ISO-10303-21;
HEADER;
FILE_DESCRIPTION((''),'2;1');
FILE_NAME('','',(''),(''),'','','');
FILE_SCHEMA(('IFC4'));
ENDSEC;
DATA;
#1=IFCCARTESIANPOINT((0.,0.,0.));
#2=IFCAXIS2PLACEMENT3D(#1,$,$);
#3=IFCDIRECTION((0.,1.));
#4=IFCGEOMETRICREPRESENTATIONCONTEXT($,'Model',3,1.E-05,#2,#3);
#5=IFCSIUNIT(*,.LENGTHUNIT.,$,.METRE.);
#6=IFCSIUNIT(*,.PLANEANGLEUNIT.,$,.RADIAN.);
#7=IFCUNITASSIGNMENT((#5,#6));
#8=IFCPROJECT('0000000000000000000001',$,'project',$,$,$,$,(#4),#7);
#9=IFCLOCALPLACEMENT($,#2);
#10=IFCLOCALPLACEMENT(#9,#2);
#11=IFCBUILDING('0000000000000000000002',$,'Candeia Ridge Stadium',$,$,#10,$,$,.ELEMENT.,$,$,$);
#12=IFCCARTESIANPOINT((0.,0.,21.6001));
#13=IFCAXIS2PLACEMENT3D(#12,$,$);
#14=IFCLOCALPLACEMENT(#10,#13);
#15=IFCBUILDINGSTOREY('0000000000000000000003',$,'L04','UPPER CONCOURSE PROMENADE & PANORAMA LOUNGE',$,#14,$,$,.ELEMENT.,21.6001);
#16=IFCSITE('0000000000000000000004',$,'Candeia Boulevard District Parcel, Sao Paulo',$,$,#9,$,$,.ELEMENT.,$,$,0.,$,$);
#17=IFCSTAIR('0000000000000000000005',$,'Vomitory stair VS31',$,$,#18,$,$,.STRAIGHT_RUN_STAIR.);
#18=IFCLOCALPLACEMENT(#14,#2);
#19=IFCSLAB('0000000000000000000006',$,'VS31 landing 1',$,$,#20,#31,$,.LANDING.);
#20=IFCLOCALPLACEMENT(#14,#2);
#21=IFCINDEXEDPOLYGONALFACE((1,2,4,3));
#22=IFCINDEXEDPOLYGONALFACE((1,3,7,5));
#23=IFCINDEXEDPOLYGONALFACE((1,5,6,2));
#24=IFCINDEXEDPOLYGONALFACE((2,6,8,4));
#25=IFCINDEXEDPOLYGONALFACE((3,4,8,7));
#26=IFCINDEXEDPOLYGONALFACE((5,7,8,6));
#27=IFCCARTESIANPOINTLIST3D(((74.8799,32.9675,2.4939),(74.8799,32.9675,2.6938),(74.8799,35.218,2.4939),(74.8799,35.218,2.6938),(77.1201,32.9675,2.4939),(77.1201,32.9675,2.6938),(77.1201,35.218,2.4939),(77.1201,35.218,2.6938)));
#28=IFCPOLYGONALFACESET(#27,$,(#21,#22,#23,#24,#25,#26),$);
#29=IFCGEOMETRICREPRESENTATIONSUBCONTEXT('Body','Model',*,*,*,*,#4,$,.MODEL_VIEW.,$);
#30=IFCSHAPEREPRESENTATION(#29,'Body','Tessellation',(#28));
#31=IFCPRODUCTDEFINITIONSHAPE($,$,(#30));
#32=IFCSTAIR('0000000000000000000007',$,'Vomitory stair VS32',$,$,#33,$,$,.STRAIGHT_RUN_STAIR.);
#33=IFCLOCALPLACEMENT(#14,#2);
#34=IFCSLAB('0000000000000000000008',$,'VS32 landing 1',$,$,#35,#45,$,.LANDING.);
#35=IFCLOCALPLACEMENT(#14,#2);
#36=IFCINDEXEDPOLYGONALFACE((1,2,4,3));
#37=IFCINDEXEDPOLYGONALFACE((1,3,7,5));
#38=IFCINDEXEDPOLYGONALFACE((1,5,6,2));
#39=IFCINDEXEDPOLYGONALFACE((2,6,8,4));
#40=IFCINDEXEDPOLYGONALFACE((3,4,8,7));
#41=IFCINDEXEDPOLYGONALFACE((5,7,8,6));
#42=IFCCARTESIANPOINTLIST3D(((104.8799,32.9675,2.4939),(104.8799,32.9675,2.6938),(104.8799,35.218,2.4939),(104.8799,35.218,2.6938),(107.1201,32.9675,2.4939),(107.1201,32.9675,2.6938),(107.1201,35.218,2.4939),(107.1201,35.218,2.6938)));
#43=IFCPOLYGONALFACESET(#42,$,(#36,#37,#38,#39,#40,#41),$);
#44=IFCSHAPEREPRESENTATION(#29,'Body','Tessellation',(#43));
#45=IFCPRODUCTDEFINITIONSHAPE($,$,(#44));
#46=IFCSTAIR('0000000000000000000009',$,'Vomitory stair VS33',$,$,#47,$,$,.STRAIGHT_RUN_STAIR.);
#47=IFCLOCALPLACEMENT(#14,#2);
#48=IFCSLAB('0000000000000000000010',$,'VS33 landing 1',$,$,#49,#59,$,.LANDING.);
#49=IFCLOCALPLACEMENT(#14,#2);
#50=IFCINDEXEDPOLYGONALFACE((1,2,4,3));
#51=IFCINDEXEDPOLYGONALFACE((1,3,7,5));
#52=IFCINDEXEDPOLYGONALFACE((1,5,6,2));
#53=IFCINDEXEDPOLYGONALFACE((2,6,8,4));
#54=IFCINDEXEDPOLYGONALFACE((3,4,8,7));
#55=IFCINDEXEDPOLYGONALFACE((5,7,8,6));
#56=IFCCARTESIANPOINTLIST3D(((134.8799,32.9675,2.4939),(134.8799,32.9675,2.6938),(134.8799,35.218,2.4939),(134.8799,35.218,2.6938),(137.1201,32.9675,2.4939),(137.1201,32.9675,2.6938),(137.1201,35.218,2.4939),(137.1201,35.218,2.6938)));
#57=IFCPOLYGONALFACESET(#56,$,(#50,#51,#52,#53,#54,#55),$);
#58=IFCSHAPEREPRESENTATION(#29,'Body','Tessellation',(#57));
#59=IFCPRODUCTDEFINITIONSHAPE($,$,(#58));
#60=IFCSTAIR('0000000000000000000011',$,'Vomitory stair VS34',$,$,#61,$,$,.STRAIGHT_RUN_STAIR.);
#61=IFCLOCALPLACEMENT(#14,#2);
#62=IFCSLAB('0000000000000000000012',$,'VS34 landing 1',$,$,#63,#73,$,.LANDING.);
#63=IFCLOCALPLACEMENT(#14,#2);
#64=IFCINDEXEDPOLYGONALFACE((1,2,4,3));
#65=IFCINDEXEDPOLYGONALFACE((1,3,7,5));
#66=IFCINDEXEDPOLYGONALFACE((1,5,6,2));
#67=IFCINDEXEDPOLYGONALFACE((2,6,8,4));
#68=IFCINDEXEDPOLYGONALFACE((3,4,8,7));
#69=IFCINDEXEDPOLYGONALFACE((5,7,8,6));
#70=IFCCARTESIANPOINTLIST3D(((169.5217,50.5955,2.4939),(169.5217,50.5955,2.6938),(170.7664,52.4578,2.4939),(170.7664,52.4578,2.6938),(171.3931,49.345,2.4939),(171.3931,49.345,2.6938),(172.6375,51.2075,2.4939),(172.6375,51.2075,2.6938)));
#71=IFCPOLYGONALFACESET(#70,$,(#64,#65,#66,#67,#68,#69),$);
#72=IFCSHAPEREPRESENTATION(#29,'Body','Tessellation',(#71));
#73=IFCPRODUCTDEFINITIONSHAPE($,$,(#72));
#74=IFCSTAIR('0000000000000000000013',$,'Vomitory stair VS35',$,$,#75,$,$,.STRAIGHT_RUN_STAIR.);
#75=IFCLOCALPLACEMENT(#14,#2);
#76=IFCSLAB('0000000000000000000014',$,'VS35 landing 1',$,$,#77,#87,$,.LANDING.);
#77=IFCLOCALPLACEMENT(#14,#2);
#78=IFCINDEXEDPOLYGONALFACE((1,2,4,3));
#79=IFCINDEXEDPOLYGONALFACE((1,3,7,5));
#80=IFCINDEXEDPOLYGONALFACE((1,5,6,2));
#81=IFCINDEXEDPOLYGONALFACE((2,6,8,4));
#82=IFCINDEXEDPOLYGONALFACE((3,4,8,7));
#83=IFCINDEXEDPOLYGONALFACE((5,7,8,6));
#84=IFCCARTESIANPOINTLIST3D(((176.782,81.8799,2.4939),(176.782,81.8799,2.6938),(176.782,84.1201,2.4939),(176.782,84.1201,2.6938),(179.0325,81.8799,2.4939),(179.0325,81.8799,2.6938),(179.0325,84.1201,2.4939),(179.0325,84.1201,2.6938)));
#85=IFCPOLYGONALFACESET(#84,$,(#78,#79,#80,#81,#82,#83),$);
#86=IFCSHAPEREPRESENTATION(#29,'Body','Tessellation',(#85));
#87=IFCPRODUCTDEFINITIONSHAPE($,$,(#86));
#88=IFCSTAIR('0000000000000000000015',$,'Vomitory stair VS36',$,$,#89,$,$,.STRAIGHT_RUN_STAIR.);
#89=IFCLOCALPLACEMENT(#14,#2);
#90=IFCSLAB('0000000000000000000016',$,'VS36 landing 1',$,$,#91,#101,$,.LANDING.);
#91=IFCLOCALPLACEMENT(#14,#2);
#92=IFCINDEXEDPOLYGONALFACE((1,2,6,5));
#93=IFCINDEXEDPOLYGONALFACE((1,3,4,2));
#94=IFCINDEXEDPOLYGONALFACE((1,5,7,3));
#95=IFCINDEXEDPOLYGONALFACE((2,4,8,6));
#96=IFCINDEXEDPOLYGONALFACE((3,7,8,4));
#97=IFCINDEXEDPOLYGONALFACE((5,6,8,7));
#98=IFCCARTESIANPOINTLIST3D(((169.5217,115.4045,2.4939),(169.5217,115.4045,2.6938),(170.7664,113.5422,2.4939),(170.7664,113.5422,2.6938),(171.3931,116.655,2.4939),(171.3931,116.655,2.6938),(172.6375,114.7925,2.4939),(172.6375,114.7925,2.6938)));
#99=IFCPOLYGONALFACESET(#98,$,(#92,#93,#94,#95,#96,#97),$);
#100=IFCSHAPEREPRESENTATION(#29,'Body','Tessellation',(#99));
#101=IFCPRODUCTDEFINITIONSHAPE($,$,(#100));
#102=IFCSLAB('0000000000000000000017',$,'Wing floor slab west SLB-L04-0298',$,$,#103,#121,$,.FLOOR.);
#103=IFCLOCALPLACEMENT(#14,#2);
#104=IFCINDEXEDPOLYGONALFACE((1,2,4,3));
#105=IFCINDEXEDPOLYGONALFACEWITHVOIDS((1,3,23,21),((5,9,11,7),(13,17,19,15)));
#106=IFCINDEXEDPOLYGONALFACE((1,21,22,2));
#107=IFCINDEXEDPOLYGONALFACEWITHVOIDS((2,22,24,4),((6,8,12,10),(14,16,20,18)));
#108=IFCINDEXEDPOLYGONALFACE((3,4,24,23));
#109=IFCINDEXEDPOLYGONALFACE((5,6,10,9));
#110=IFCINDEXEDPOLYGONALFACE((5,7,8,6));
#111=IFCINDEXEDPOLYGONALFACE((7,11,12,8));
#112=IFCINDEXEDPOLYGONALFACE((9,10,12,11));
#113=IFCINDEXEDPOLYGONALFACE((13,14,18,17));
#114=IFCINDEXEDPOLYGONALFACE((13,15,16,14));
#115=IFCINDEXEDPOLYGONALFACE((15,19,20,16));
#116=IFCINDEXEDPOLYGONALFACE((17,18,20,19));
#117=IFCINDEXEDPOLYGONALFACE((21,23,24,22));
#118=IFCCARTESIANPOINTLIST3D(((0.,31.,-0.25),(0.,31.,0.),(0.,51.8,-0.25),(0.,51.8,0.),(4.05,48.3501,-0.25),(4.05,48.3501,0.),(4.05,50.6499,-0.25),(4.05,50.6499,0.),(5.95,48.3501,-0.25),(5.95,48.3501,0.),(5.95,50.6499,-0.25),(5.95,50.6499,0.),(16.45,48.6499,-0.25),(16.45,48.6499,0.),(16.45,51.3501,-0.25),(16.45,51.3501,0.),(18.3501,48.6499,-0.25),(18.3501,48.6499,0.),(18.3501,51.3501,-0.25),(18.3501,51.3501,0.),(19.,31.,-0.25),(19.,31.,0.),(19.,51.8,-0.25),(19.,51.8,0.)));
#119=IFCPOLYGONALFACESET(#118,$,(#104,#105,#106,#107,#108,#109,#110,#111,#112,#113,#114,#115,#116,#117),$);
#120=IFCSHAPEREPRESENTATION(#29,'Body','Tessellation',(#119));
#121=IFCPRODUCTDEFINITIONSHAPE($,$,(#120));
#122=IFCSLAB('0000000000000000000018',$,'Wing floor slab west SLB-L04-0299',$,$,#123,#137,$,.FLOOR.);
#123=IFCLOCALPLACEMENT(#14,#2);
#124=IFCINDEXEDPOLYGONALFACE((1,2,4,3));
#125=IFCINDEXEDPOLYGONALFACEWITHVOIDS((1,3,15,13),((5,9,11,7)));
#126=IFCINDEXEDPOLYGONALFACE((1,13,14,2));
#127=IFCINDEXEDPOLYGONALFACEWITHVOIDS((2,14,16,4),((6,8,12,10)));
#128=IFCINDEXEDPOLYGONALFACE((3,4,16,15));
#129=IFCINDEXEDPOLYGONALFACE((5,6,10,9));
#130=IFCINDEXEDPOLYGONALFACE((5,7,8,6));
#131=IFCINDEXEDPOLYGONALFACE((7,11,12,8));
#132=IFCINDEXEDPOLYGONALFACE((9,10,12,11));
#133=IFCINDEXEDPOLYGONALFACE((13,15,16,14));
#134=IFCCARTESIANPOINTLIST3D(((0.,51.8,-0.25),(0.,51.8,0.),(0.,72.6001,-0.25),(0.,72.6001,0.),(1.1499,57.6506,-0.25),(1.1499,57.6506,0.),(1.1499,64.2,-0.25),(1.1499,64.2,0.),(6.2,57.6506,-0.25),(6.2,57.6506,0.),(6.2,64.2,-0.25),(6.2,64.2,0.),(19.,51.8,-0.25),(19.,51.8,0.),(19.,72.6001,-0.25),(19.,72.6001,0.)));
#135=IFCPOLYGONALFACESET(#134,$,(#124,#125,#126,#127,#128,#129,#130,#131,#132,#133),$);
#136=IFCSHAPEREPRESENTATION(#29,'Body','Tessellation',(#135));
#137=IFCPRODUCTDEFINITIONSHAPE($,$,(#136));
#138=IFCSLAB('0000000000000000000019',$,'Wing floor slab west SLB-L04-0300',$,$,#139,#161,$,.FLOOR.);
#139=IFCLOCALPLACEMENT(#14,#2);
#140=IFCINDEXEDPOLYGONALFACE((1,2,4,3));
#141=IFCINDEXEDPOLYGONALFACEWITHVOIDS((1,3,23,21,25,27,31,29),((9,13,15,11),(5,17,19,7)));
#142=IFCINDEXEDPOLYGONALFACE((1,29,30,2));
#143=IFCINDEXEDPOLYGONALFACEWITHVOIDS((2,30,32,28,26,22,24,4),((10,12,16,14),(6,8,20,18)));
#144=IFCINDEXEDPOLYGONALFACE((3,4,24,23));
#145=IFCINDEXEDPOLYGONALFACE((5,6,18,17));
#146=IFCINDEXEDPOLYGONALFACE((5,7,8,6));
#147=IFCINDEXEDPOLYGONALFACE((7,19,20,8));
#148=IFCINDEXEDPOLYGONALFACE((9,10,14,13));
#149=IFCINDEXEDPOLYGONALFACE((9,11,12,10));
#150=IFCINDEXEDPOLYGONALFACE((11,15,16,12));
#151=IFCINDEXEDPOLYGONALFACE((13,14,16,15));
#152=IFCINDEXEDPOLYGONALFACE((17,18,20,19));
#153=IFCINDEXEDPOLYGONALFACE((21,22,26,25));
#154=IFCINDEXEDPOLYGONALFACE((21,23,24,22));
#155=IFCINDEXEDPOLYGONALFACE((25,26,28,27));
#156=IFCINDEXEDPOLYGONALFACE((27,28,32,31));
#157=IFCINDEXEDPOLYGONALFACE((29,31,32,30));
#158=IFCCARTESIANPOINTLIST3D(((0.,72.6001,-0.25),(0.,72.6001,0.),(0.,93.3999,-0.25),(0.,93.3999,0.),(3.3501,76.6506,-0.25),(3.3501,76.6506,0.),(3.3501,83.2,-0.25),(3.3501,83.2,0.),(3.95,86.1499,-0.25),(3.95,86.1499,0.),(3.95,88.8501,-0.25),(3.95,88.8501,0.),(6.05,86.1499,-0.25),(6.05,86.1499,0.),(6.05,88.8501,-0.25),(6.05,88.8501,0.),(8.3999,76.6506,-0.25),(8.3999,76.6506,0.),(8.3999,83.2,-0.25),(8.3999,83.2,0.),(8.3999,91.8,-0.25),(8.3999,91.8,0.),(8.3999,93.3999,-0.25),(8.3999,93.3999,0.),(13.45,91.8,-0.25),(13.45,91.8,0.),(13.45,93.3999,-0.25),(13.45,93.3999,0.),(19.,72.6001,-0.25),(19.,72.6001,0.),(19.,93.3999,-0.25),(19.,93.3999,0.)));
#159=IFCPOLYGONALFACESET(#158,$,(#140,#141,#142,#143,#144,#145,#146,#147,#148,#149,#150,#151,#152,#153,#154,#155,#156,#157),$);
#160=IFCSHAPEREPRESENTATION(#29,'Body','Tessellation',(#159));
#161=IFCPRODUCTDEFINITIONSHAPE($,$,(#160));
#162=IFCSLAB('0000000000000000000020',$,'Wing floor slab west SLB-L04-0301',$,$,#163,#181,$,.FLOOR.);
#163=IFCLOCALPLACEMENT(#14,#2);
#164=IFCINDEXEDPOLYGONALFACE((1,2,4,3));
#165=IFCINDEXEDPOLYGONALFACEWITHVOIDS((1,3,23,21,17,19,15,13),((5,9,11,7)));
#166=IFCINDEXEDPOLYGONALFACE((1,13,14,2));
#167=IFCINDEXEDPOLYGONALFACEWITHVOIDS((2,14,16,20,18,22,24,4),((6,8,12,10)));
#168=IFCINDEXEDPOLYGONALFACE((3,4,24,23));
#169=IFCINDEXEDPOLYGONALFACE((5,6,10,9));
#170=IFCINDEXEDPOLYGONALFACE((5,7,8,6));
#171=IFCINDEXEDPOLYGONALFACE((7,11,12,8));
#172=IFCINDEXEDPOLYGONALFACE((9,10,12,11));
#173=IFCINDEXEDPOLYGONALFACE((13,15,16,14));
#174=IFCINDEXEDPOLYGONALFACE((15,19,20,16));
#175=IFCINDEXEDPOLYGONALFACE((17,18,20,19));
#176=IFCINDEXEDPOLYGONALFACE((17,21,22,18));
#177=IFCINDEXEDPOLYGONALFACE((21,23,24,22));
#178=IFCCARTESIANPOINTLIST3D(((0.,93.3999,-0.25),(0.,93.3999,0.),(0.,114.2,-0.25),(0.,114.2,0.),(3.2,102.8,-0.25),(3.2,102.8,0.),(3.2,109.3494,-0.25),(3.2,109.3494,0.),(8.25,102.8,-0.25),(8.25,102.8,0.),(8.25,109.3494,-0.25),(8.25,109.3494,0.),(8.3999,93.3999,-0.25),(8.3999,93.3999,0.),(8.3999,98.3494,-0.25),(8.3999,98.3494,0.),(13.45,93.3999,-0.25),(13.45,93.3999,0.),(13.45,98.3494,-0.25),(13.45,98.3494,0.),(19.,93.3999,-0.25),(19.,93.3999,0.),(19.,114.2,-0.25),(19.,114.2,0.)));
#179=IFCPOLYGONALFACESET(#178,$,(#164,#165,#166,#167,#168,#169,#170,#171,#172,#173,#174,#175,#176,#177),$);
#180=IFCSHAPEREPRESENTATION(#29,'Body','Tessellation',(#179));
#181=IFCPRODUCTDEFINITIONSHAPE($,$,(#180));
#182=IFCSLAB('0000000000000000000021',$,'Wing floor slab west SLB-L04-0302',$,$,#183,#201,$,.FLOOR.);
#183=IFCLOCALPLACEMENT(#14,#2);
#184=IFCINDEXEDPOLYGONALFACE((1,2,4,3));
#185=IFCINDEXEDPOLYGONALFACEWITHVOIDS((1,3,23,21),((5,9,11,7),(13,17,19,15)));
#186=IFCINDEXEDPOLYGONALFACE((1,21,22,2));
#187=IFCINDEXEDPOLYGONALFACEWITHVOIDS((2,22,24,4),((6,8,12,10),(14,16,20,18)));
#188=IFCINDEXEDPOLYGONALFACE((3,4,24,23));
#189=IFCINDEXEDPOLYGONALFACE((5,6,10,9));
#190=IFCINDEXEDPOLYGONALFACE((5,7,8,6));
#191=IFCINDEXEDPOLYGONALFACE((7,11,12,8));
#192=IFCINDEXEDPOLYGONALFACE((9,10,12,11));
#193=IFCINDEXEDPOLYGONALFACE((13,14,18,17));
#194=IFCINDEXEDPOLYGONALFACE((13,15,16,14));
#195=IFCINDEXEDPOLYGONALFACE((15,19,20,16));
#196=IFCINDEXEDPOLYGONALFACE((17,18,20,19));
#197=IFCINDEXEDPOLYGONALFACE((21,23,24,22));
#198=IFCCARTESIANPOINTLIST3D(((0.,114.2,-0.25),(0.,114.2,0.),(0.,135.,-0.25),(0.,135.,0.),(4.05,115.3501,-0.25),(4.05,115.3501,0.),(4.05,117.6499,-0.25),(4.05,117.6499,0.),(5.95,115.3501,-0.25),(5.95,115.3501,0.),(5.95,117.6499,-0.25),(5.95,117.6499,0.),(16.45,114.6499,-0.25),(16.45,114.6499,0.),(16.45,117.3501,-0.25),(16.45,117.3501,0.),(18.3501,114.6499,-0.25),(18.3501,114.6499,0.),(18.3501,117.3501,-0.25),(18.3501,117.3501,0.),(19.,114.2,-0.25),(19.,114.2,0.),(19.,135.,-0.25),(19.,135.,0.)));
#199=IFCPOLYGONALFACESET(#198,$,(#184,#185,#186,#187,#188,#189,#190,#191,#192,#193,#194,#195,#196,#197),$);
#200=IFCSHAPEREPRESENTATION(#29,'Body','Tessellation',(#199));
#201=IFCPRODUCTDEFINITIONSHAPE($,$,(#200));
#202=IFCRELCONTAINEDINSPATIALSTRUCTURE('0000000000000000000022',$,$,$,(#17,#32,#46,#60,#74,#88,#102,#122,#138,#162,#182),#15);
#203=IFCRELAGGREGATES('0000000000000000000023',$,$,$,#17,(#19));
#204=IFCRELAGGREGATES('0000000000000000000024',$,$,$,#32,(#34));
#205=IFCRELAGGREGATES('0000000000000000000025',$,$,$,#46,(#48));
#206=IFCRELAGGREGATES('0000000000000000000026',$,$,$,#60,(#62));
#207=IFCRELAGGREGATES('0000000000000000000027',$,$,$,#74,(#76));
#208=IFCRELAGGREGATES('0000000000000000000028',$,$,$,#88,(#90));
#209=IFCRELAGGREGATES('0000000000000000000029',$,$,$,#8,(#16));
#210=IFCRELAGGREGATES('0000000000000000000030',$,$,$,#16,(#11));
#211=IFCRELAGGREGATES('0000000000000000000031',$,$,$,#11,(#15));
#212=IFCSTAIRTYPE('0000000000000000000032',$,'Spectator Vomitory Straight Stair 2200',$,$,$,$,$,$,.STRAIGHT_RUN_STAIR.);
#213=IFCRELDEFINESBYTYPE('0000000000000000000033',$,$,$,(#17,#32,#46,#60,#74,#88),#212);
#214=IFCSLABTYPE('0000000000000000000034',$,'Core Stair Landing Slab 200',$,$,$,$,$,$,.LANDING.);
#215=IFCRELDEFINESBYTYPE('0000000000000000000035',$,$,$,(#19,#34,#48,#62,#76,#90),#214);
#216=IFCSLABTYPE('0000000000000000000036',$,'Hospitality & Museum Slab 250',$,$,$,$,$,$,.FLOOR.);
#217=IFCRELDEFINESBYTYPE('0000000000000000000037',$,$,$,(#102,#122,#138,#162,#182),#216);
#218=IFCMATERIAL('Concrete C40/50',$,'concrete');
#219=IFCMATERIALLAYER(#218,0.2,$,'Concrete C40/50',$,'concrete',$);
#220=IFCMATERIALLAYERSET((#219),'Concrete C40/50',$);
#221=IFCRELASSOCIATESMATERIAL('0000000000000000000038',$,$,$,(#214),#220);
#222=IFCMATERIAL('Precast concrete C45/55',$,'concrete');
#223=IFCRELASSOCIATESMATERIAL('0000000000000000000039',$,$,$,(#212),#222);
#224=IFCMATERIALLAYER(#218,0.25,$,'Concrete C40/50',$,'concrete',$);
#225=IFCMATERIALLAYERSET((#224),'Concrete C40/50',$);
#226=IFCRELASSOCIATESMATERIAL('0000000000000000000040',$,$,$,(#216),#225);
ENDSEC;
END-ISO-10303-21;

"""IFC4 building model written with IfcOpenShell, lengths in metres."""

from ifc_helpers import new_model, si_unit, direction, frame, origin, place, context, subcontext, project, spatial, polyline, outline, extrude, material, layer, layer_set, type_object, element, aggregate, save


model = new_model("IFC4")

# Units and contexts
model_context = context("Model", 3, precision=1e-05, world=origin(), true_north=direction((0.0, 1.0)))
body_context = subcontext(model_context, "Body", "Model", "MODEL_VIEW")
ifc_project = project(units=[si_unit("LENGTHUNIT", "METRE"), si_unit("PLANEANGLEUNIT", "RADIAN")], contexts=[model_context])

# Site, building, storey
site_placement = place(None, origin())
site = spatial("IfcSite", under=ifc_project, at=site_placement, Name="Candeia Boulevard District Parcel, Sao Paulo", CompositionType="ELEMENT", RefElevation=0.0)
building_placement = place(site_placement, origin())
building = spatial("IfcBuilding", under=site, at=building_placement, Name="Candeia Ridge Stadium", CompositionType="ELEMENT")
storey_placement = place(building_placement, frame((0.0, 0.0, 21.6001)))
storey = spatial("IfcBuildingStorey", under=building, at=storey_placement, Name="L04", Description="UPPER CONCOURSE PROMENADE & PANORAMA LOUNGE", CompositionType="ELEMENT", Elevation=21.6001)

# Shared definitions
ifc_material_1 = material(Name="Concrete C40/50", Category="concrete")

# Stairs, slabs
ifc_layer_1 = layer(ifc_material_1, 0.2, Name="Concrete C40/50", Category="concrete")
ifc_layer_set_1 = layer_set([ifc_layer_1], Name="Concrete C40/50")
slab_type_1 = type_object("IfcSlabType", Name="Core Stair Landing Slab 200", PredefinedType="LANDING", material=ifc_layer_set_1)
ifc_material_2 = material(Name="Precast concrete C45/55", Category="concrete")
stair_type_1 = type_object("IfcStairType", Name="Spectator Vomitory Straight Stair 2200", PredefinedType="STRAIGHT_RUN_STAIR", material=ifc_material_2)
stair_1_placement = place(storey_placement, origin())
stair_1 = element("IfcStair", 1, at=stair_1_placement, inside=storey, type_object=stair_type_1, Name="Vomitory stair VS31", PredefinedType="STRAIGHT_RUN_STAIR")
slab_1_placement = place(storey_placement, frame((0.0, 0.0, 2.4939)))
slab_1 = element("IfcSlab", 2, at=slab_1_placement, type_object=slab_type_1, Name="VS31 landing 1", PredefinedType="LANDING", context=body_context, shape_type="SweptSolid", body=[
    extrude(outline(polyline([(74.8799, 32.9675), (74.8799, 35.218), (77.1201, 35.218), (77.1201, 32.9675), (74.8799, 32.9675)])), origin(), (0.0, 0.0, 1.0), 0.2),
])
aggregate(stair_1, [slab_1])
stair_2_placement = place(storey_placement, origin())
stair_2 = element("IfcStair", 3, at=stair_2_placement, inside=storey, type_object=stair_type_1, Name="Vomitory stair VS32", PredefinedType="STRAIGHT_RUN_STAIR")
slab_2_placement = place(storey_placement, frame((0.0, 0.0, 2.4939)))
slab_2 = element("IfcSlab", 4, at=slab_2_placement, type_object=slab_type_1, Name="VS32 landing 1", PredefinedType="LANDING", context=body_context, shape_type="SweptSolid", body=[
    extrude(outline(polyline([(104.8799, 32.9675), (104.8799, 35.218), (107.1201, 35.218), (107.1201, 32.9675), (104.8799, 32.9675)])), origin(), (0.0, 0.0, 1.0), 0.2),
])
aggregate(stair_2, [slab_2])
stair_3_placement = place(storey_placement, origin())
stair_3 = element("IfcStair", 5, at=stair_3_placement, inside=storey, type_object=stair_type_1, Name="Vomitory stair VS33", PredefinedType="STRAIGHT_RUN_STAIR")
slab_3_placement = place(storey_placement, frame((0.0, 0.0, 2.4939)))
slab_3 = element("IfcSlab", 6, at=slab_3_placement, type_object=slab_type_1, Name="VS33 landing 1", PredefinedType="LANDING", context=body_context, shape_type="SweptSolid", body=[
    extrude(outline(polyline([(134.8799, 32.9675), (134.8799, 35.218), (137.1201, 35.218), (137.1201, 32.9675), (134.8799, 32.9675)])), origin(), (0.0, 0.0, 1.0), 0.2),
])
aggregate(stair_3, [slab_3])
stair_4_placement = place(storey_placement, origin())
stair_4 = element("IfcStair", 7, at=stair_4_placement, inside=storey, type_object=stair_type_1, Name="Vomitory stair VS34", PredefinedType="STRAIGHT_RUN_STAIR")
slab_4_placement = place(storey_placement, frame((0.0, 0.0, 2.4939)))
slab_4 = element("IfcSlab", 8, at=slab_4_placement, type_object=slab_type_1, Name="VS34 landing 1", PredefinedType="LANDING", context=body_context, shape_type="SweptSolid", body=[
    extrude(outline(polyline([(171.3931, 49.345), (169.5217, 50.5955), (170.7664, 52.4578), (172.6375, 51.2075), (171.3931, 49.345)])), origin(), (0.0, 0.0, 1.0), 0.2),
])
aggregate(stair_4, [slab_4])
stair_5_placement = place(storey_placement, origin())
stair_5 = element("IfcStair", 9, at=stair_5_placement, inside=storey, type_object=stair_type_1, Name="Vomitory stair VS35", PredefinedType="STRAIGHT_RUN_STAIR")
slab_5_placement = place(storey_placement, frame((0.0, 0.0, 2.4939)))
slab_5 = element("IfcSlab", 10, at=slab_5_placement, type_object=slab_type_1, Name="VS35 landing 1", PredefinedType="LANDING", context=body_context, shape_type="SweptSolid", body=[
    extrude(outline(polyline([(179.0325, 81.8799), (176.782, 81.8799), (176.782, 84.1201), (179.0325, 84.1201), (179.0325, 81.8799)])), origin(), (0.0, 0.0, 1.0), 0.2),
])
aggregate(stair_5, [slab_5])
stair_6_placement = place(storey_placement, origin())
stair_6 = element("IfcStair", 11, at=stair_6_placement, inside=storey, type_object=stair_type_1, Name="Vomitory stair VS36", PredefinedType="STRAIGHT_RUN_STAIR")
slab_6_placement = place(storey_placement, frame((0.0, 0.0, 2.4939)))
slab_6 = element("IfcSlab", 12, at=slab_6_placement, type_object=slab_type_1, Name="VS36 landing 1", PredefinedType="LANDING", context=body_context, shape_type="SweptSolid", body=[
    extrude(outline(polyline([(172.6375, 114.7925), (170.7664, 113.5422), (169.5217, 115.4045), (171.3931, 116.655), (172.6375, 114.7925)])), origin(), (0.0, 0.0, 1.0), 0.2),
])
aggregate(stair_6, [slab_6])

# Slabs
ifc_layer_2 = layer(ifc_material_1, 0.25, Name="Concrete C40/50", Category="concrete")
ifc_layer_set_2 = layer_set([ifc_layer_2], Name="Concrete C40/50")
slab_type_2 = type_object("IfcSlabType", Name="Hospitality & Museum Slab 250", PredefinedType="FLOOR", material=ifc_layer_set_2)
slab_7_placement = place(storey_placement, frame((0.0, 0.0, -0.25)))
element("IfcSlab", 13, at=slab_7_placement, inside=storey, type_object=slab_type_2, Name="Wing floor slab west SLB-L04-0298", PredefinedType="FLOOR", context=body_context, shape_type="SweptSolid", body=[
    extrude(outline(polyline([(0.0, 31.0), (0.0, 51.8), (19.0, 51.8), (19.0, 31.0), (0.0, 31.0)]), holes=[polyline([(5.95, 50.6499), (4.05, 50.6499), (4.05, 48.3501), (5.95, 48.3501), (5.95, 50.6499)]), polyline([(18.3501, 48.6499), (18.3501, 51.3501), (16.45, 51.3501), (16.45, 48.6499), (18.3501, 48.6499)])]), origin(), (0.0, 0.0, 1.0), 0.25),
])
slab_8_placement = place(storey_placement, frame((0.0, 0.0, -0.25)))
element("IfcSlab", 14, at=slab_8_placement, inside=storey, type_object=slab_type_2, Name="Wing floor slab west SLB-L04-0299", PredefinedType="FLOOR", context=body_context, shape_type="SweptSolid", body=[
    extrude(outline(polyline([(0.0, 51.8), (0.0, 72.6001), (19.0, 72.6001), (19.0, 51.8), (0.0, 51.8)]), holes=[polyline([(6.2, 57.6506), (6.2, 64.2), (1.1499, 64.2), (1.1499, 57.6506), (6.2, 57.6506)])]), origin(), (0.0, 0.0, 1.0), 0.25),
])
slab_9_placement = place(storey_placement, frame((0.0, 0.0, -0.25)))
element("IfcSlab", 15, at=slab_9_placement, inside=storey, type_object=slab_type_2, Name="Wing floor slab west SLB-L04-0300", PredefinedType="FLOOR", context=body_context, shape_type="SweptSolid", body=[
    extrude(outline(polyline([(19.0, 93.3999), (19.0, 72.6001), (0.0, 72.6001), (0.0, 93.3999), (8.3999, 93.3999), (8.3999, 91.8), (13.45, 91.8), (13.45, 93.3999), (19.0, 93.3999)]), holes=[polyline([(8.3999, 83.2), (3.3501, 83.2), (3.3501, 76.6506), (8.3999, 76.6506), (8.3999, 83.2)]), polyline([(6.05, 86.1499), (6.05, 88.8501), (3.95, 88.8501), (3.95, 86.1499), (6.05, 86.1499)])]), origin(), (0.0, 0.0, 1.0), 0.25),
])
slab_10_placement = place(storey_placement, frame((0.0, 0.0, -0.25)))
element("IfcSlab", 16, at=slab_10_placement, inside=storey, type_object=slab_type_2, Name="Wing floor slab west SLB-L04-0301", PredefinedType="FLOOR", context=body_context, shape_type="SweptSolid", body=[
    extrude(outline(polyline([(0.0, 93.3999), (0.0, 114.2), (19.0, 114.2), (19.0, 93.3999), (13.45, 93.3999), (13.45, 98.3494), (8.3999, 98.3494), (8.3999, 93.3999), (0.0, 93.3999)]), holes=[polyline([(3.2, 109.3494), (3.2, 102.8), (8.25, 102.8), (8.25, 109.3494), (3.2, 109.3494)])]), origin(), (0.0, 0.0, 1.0), 0.25),
])
slab_11_placement = place(storey_placement, frame((0.0, 0.0, -0.25)))
element("IfcSlab", 17, at=slab_11_placement, inside=storey, type_object=slab_type_2, Name="Wing floor slab west SLB-L04-0302", PredefinedType="FLOOR", context=body_context, shape_type="SweptSolid", body=[
    extrude(outline(polyline([(0.0, 114.2), (0.0, 135.0), (19.0, 135.0), (19.0, 114.2), (0.0, 114.2)]), holes=[polyline([(18.3501, 114.6499), (18.3501, 117.3501), (16.45, 117.3501), (16.45, 114.6499), (18.3501, 114.6499)]), polyline([(5.95, 115.3501), (5.95, 117.6499), (4.05, 117.6499), (4.05, 115.3501), (5.95, 115.3501)])]), origin(), (0.0, 0.0, 1.0), 0.25),
])

save(model, "model.ifc")
